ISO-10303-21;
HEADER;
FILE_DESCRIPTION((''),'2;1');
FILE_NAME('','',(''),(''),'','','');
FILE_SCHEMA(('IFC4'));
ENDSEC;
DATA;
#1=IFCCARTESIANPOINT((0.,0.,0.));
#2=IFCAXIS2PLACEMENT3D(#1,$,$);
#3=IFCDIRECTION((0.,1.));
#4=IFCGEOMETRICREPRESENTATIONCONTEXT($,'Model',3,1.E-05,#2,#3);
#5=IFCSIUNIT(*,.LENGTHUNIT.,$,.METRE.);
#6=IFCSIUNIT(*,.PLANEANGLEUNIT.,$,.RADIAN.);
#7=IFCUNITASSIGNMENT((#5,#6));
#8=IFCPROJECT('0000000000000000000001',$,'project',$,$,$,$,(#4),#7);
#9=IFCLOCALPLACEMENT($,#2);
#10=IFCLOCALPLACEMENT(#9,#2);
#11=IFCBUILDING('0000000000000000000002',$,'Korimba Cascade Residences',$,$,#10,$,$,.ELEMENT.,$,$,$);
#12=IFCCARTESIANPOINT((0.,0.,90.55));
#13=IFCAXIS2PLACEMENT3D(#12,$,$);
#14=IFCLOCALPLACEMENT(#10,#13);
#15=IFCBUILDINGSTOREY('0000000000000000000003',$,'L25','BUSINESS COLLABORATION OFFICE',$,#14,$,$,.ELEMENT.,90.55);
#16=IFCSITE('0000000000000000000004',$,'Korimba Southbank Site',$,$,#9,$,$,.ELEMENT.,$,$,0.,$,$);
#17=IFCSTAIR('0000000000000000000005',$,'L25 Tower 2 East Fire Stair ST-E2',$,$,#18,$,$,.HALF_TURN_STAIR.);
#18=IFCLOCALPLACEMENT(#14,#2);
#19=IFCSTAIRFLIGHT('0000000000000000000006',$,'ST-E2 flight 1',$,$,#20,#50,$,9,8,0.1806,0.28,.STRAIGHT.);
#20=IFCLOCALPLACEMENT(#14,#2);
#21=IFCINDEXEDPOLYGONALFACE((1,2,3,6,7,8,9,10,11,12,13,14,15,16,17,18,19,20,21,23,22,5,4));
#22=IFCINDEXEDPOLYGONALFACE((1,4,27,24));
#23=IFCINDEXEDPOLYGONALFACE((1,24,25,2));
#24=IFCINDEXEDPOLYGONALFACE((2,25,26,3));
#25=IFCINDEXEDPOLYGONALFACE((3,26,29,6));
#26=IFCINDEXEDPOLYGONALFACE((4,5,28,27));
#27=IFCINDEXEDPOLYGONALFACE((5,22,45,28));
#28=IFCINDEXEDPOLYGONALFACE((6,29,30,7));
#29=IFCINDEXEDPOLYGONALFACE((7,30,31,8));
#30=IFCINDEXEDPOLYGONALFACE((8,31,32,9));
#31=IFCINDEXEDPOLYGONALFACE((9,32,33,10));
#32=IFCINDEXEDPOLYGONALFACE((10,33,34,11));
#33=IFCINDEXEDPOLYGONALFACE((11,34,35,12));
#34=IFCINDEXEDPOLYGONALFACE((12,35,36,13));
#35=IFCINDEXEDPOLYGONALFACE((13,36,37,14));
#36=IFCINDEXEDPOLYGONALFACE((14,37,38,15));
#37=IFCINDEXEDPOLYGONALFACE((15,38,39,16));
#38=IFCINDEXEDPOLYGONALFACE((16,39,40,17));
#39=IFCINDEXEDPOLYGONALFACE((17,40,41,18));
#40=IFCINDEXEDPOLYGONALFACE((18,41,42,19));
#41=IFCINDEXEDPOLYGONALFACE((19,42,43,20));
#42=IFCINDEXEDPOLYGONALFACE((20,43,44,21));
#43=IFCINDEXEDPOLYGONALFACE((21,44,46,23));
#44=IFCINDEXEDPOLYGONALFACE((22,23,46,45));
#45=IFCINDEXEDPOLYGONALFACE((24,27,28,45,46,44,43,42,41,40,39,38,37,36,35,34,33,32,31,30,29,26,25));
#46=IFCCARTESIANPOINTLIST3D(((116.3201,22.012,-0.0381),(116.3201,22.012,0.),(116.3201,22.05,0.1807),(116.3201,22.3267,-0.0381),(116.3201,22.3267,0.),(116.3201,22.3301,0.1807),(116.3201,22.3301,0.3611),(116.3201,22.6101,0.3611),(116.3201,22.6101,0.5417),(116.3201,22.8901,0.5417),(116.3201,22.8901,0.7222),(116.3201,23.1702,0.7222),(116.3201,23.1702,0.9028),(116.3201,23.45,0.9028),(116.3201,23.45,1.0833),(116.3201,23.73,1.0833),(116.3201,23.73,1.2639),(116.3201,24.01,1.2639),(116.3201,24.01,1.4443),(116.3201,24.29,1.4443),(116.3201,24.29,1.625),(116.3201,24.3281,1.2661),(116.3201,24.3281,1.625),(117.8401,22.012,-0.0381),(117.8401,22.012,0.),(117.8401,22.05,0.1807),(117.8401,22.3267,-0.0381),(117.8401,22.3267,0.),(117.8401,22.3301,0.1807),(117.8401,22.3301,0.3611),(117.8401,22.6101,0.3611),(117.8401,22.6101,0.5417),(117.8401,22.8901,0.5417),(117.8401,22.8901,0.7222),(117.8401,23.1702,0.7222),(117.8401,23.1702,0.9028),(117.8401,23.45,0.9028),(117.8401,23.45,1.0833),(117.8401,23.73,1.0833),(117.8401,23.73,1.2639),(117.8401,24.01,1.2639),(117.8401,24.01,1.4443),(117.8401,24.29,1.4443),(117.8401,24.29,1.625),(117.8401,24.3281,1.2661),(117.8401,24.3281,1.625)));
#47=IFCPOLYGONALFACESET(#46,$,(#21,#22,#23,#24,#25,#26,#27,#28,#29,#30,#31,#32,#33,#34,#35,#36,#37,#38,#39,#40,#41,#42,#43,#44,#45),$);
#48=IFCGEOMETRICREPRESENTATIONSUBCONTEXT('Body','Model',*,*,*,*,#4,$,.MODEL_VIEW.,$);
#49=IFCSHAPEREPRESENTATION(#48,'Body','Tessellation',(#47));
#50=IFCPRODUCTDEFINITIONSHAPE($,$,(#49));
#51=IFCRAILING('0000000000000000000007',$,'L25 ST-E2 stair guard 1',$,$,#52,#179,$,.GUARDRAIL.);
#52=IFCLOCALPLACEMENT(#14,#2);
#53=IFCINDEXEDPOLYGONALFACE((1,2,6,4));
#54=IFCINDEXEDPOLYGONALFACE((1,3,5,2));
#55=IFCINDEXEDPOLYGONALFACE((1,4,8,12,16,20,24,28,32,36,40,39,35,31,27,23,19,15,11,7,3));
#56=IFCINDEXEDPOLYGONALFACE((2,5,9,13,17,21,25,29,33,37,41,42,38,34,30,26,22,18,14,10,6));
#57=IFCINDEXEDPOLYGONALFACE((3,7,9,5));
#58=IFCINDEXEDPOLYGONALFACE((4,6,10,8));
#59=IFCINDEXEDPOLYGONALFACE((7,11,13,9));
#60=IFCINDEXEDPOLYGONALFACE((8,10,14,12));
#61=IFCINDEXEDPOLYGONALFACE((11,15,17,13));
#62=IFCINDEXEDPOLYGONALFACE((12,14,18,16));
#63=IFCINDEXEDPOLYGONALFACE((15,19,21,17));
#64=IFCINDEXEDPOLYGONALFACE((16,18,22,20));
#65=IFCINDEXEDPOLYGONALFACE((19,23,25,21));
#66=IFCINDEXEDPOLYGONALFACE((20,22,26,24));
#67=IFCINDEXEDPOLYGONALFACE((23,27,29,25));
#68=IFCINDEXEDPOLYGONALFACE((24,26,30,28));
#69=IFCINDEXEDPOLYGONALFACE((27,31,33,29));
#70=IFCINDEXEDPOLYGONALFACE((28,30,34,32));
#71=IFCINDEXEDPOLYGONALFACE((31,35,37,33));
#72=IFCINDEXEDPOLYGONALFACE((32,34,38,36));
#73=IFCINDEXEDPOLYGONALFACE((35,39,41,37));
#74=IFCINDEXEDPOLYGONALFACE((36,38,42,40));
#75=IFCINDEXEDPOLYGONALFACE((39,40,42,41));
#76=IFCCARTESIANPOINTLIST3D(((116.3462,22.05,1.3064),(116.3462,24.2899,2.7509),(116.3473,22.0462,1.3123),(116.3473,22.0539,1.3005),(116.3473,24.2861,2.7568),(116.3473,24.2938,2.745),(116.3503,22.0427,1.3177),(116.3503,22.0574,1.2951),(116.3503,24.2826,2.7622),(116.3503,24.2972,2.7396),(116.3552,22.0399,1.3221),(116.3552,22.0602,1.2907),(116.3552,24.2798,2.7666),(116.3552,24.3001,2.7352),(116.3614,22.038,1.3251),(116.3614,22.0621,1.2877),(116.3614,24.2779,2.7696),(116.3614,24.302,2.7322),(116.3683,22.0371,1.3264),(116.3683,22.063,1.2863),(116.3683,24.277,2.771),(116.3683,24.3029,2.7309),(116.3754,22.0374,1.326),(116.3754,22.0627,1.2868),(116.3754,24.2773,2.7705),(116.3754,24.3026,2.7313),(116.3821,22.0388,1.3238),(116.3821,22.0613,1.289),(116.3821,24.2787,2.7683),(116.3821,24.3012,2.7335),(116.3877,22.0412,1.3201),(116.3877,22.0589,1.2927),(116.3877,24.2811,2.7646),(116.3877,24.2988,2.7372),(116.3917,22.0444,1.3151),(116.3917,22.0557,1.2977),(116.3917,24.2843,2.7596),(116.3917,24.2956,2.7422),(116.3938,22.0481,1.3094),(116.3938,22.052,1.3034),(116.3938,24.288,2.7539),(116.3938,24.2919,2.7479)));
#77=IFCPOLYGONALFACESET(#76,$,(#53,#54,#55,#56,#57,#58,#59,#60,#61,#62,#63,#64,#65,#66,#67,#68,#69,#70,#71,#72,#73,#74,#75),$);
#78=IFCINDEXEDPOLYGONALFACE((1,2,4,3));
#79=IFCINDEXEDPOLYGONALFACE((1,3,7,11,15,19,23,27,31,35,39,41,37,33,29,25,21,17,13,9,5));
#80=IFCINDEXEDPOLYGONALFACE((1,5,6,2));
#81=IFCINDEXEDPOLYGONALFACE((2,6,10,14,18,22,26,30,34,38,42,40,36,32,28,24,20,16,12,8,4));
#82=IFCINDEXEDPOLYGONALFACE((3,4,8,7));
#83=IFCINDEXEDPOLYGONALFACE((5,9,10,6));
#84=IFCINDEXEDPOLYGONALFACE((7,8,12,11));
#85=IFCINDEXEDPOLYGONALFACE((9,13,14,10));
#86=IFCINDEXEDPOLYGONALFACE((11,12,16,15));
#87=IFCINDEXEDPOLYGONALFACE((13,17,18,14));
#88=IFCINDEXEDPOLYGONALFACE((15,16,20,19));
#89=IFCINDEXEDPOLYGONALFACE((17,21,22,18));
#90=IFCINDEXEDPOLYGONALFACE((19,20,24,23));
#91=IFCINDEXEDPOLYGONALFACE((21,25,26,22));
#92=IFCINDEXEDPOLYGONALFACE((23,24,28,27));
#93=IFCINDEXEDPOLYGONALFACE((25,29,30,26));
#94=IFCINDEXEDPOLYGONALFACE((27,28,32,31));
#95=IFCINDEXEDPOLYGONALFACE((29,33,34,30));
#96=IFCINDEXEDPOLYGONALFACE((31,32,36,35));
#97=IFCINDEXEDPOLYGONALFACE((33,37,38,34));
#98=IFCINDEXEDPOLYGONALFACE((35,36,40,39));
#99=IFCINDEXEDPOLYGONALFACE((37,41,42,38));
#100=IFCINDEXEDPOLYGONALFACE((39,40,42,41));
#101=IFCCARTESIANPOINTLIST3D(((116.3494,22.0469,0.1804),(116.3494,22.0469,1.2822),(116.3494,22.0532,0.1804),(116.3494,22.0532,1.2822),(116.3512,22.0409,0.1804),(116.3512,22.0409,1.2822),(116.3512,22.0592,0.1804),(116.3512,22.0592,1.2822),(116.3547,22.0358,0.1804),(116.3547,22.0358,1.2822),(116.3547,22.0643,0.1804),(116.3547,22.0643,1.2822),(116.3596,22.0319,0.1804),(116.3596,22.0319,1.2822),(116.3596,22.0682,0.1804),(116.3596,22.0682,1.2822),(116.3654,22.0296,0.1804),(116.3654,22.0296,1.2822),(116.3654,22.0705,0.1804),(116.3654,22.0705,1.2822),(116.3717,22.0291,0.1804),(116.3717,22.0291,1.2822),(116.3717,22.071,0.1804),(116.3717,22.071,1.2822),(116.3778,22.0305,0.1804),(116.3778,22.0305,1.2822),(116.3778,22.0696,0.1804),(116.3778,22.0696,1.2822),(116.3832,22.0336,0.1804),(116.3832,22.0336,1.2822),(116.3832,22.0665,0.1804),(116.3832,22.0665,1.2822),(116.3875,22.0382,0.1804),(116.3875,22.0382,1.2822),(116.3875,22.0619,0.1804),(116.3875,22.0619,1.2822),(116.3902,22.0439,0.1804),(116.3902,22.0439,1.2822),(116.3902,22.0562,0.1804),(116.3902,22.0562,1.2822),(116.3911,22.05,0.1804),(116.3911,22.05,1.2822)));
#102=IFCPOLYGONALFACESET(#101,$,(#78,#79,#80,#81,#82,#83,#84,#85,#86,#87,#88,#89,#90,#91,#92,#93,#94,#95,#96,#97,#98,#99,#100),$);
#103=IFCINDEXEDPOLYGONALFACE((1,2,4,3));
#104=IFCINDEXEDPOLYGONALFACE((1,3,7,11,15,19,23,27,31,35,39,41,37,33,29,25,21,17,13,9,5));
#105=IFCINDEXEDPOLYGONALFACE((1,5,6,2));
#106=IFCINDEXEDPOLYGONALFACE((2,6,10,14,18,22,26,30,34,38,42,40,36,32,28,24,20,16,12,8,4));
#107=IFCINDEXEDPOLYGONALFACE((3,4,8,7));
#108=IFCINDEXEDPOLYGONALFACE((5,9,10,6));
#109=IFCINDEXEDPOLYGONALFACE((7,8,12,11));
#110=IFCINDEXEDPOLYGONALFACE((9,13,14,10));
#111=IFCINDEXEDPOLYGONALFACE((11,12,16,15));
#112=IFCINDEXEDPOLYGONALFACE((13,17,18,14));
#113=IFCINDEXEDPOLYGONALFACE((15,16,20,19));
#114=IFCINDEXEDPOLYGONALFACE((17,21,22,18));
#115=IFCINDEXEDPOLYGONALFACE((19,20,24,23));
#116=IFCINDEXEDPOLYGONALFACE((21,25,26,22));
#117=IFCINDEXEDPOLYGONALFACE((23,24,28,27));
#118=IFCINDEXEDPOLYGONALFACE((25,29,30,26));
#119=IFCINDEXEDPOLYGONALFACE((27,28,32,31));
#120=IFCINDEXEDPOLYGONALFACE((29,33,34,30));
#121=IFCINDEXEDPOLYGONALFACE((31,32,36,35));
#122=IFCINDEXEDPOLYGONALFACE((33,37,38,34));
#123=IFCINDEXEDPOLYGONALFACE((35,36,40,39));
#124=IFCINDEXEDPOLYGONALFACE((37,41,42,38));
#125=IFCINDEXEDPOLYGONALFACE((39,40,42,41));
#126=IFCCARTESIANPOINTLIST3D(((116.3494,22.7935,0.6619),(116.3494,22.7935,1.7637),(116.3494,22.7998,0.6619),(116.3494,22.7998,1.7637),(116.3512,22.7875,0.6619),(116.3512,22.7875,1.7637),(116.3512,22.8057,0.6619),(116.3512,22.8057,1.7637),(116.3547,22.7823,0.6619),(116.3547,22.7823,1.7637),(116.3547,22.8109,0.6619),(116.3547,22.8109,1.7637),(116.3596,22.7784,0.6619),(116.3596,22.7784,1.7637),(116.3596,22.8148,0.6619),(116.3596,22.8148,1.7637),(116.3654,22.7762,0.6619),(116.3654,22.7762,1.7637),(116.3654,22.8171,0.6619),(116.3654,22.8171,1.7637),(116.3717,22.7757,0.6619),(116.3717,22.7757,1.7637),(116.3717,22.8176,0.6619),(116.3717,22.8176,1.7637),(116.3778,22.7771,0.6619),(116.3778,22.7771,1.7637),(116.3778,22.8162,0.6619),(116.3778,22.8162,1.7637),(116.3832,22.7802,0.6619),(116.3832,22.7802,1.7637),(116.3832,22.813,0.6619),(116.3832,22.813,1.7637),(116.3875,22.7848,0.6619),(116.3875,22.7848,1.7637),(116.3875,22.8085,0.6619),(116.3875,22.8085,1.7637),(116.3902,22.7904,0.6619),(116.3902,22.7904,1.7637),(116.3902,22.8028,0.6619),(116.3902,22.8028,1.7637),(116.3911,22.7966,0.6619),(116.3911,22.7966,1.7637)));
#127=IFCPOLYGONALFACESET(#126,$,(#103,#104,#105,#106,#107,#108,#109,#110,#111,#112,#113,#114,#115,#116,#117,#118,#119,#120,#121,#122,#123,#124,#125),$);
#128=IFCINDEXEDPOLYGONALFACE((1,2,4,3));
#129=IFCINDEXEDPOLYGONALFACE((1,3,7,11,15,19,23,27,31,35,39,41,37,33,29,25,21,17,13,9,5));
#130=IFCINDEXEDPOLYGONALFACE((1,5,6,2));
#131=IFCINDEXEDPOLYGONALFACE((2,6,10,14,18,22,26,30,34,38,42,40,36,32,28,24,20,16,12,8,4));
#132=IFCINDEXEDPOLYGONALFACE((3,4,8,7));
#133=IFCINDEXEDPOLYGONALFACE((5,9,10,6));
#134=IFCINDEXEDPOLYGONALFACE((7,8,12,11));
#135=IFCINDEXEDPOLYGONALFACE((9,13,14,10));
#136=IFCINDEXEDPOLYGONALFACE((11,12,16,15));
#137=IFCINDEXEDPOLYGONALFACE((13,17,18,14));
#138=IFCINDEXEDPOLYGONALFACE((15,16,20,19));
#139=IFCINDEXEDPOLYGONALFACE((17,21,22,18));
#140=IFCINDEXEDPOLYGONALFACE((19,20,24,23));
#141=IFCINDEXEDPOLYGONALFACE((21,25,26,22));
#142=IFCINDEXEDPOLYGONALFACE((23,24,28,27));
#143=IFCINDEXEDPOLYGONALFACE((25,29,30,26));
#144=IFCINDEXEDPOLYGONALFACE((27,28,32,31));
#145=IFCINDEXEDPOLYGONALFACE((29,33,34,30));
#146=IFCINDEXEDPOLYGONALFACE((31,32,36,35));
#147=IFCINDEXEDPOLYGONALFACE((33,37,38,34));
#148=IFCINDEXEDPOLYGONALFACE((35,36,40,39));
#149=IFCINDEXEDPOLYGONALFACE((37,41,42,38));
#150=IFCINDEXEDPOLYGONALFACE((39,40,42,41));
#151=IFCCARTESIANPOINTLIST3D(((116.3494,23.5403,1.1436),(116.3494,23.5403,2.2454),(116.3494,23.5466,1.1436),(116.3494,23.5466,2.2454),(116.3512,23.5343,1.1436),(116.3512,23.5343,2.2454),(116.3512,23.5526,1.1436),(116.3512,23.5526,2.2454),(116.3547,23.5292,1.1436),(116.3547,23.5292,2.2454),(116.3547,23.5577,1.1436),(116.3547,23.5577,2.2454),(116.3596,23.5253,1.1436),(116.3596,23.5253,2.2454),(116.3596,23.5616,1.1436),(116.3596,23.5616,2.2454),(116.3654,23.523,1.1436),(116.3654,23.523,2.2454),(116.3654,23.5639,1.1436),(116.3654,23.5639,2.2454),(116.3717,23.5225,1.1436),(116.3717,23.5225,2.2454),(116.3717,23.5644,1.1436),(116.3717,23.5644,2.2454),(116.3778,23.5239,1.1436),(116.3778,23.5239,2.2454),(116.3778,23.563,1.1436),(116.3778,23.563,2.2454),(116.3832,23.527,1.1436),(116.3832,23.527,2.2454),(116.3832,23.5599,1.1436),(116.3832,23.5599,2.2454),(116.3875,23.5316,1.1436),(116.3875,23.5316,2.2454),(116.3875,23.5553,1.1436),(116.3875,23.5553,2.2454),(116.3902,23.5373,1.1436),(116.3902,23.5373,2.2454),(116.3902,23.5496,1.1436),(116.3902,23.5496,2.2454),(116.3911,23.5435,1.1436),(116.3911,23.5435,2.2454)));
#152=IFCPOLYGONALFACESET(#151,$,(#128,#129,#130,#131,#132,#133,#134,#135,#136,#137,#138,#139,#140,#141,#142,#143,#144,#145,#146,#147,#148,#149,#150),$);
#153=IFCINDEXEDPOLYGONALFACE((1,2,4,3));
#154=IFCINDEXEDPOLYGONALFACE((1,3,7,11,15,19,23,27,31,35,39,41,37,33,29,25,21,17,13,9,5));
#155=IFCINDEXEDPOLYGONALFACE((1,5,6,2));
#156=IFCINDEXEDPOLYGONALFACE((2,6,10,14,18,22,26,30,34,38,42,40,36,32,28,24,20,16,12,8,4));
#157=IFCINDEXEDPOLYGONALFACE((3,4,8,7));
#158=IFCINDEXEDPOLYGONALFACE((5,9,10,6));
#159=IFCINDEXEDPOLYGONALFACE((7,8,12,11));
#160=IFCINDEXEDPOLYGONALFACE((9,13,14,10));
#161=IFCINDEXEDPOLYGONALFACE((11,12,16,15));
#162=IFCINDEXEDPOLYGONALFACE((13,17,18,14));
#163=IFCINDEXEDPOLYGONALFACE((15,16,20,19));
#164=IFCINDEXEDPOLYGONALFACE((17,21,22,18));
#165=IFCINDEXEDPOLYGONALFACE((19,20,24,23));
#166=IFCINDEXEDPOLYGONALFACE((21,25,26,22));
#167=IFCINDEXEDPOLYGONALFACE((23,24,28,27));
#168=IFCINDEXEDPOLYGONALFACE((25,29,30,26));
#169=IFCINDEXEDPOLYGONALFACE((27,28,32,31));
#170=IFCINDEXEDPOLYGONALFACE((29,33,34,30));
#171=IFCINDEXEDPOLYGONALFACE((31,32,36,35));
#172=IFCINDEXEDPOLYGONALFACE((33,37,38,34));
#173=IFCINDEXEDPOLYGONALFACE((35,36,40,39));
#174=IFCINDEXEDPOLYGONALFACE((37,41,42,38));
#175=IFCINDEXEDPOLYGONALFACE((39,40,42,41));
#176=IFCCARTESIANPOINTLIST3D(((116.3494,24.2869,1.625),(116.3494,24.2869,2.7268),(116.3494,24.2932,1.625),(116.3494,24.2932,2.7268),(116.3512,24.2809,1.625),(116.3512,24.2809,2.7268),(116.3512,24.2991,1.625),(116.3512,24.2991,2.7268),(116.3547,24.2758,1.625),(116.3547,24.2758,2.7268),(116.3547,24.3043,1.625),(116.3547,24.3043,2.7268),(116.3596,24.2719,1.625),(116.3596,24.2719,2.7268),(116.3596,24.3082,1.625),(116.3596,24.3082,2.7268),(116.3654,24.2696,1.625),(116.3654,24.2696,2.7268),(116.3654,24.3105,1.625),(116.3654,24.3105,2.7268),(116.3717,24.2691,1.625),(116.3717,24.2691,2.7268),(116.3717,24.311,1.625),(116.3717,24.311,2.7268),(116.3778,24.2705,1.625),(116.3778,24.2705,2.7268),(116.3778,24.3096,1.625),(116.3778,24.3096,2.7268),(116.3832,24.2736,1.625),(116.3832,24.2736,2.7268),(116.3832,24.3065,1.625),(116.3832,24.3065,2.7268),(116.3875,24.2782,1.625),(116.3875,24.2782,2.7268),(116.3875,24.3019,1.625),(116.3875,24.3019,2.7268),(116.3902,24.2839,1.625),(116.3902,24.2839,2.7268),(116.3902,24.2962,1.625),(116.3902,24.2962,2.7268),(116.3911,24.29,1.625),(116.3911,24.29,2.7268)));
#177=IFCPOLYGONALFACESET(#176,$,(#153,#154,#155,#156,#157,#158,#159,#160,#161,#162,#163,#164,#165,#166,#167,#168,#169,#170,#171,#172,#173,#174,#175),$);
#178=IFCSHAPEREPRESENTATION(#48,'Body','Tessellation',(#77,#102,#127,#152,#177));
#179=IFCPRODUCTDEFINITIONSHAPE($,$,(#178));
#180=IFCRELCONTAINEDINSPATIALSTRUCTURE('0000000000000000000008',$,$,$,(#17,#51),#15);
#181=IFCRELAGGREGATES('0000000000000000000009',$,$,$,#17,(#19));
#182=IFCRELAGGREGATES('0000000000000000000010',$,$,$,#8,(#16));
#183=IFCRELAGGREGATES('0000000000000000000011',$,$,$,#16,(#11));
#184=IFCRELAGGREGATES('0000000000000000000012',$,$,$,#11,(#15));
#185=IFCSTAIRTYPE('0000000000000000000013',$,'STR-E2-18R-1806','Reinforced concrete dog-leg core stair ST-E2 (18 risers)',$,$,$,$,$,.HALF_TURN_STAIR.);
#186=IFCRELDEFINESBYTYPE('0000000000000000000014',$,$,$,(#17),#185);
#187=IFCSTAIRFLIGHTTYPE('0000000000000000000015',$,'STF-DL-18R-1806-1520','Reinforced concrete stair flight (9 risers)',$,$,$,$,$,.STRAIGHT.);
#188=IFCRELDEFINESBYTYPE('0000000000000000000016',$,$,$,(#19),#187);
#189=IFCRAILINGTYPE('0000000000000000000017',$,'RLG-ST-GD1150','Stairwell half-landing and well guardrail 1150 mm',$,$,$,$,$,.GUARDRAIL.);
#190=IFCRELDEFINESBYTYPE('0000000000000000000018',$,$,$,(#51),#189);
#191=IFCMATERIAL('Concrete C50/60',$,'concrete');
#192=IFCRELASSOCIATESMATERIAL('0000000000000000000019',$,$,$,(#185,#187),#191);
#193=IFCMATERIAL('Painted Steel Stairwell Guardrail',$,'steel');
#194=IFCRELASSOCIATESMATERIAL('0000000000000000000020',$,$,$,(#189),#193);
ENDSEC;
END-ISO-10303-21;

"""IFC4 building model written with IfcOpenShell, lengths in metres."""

from ifc_helpers import new_model, si_unit, direction, frame, origin, origin_2d, place, context, subcontext, project, spatial, polyline, circle, outline, extrude, material, type_object, element, aggregate, save


model = new_model("IFC4")

# Units and contexts
model_context = context("Model", 3, precision=1e-05, world=origin(), true_north=direction((0.0, 1.0)))
body_context = subcontext(model_context, "Body", "Model", "MODEL_VIEW")
ifc_project = project(units=[si_unit("LENGTHUNIT", "METRE"), si_unit("PLANEANGLEUNIT", "RADIAN")], contexts=[model_context])

# Site, building, storey
site_placement = place(None, origin())
site = spatial("IfcSite", under=ifc_project, at=site_placement, Name="Korimba Southbank Site", CompositionType="ELEMENT", RefElevation=0.0)
building_placement = place(site_placement, origin())
building = spatial("IfcBuilding", under=site, at=building_placement, Name="Korimba Cascade Residences", CompositionType="ELEMENT")
storey_placement = place(building_placement, frame((0.0, 0.0, 90.55)))
storey = spatial("IfcBuildingStorey", under=building, at=storey_placement, Name="L25", Description="BUSINESS COLLABORATION OFFICE", CompositionType="ELEMENT", Elevation=90.55)

# Stair, stair flight
ifc_material_1 = material(Name="Concrete C50/60", Category="concrete")
stair_type = type_object("IfcStairType", Name="STR-E2-18R-1806", Description="Reinforced concrete dog-leg core stair ST-E2 (18 risers)", PredefinedType="HALF_TURN_STAIR", material=ifc_material_1)
stair_placement = place(storey_placement, origin())
stair = element("IfcStair", 1, at=stair_placement, inside=storey, type_object=stair_type, Name="L25 Tower 2 East Fire Stair ST-E2", PredefinedType="HALF_TURN_STAIR")
stair_flight_type = type_object("IfcStairFlightType", Name="STF-DL-18R-1806-1520", Description="Reinforced concrete stair flight (9 risers)", PredefinedType="STRAIGHT", material=ifc_material_1)
stair_flight_placement = place(storey_placement, frame((117.0801, 22.05, 0.0), z_axis=(0.0, 0.0, 1.0), x_axis=(0.0, 1.0, 0.0)))
stair_flight = element("IfcStairFlight", 2, at=stair_flight_placement, type_object=stair_flight_type, Name="ST-E2 flight 1", NumberOfRisers=9, NumberOfTreads=8, PredefinedType="STRAIGHT", RiserHeight=0.1806, TreadLength=0.28, context=body_context, shape_type="SweptSolid", body=[
    extrude(outline(polyline([(-0.0381, 0.0), (0.0, 0.1807), (0.28, 0.1807), (0.28, 0.3611), (0.5601, 0.3611), (0.5601, 0.5417), (0.8401, 0.5417), (0.8401, 0.7222), (1.1201, 0.7222), (1.1201, 0.9028), (1.3999, 0.9028), (1.3999, 1.0833), (1.6799, 1.0833), (1.6799, 1.2639), (1.96, 1.2639), (1.96, 1.4443), (2.24, 1.4443), (2.24, 1.625), (2.2781, 1.625), (2.2781, 1.2661), (0.2766, 0.0), (0.2766, -0.0381), (-0.0381, -0.0381), (-0.0381, 0.0)])), frame((0.0, 0.76, 0.0), z_axis=(0.0, -1.0, 0.0), x_axis=(1.0, 0.0, 0.0)), (0.0, 0.0, 1.0), 1.52),
])
aggregate(stair, [stair_flight])

# Railing
ifc_material_2 = material(Name="Painted Steel Stairwell Guardrail", Category="steel")
railing_type_1 = type_object("IfcRailingType", Name="RLG-ST-GD1150", Description="Stairwell half-landing and well guardrail 1150 mm", PredefinedType="GUARDRAIL", material=ifc_material_2)
railing_1_placement = place(storey_placement, frame((116.3701, 22.05, 0.1804)))
element("IfcRailing", 3, at=railing_1_placement, inside=storey, type_object=railing_type_1, Name="L25 ST-E2 stair guard 1", PredefinedType="GUARDRAIL", context=body_context, shape_type="SweptSolid", body=[
    extrude(circle(Radius=0.0239, at=origin_2d()), frame((0.0, 0.0, 1.126), z_axis=(0.0, 0.840395, 0.541975), x_axis=(-1.0, 0.0, 0.0)), (0.0, 0.0, 1.0), 2.6653),
    extrude(circle(Radius=0.021, at=origin_2d()), origin(), (0.0, 0.0, 1.0), 1.1018),
    extrude(circle(Radius=0.021, at=origin_2d()), frame((0.0, 0.7466, 0.4814)), (0.0, 0.0, 1.0), 1.1018),
    extrude(circle(Radius=0.021, at=origin_2d()), frame((0.0, 1.4934, 0.9631)), (0.0, 0.0, 1.0), 1.1018),
    extrude(circle(Radius=0.021, at=origin_2d()), frame((0.0, 2.24, 1.4446)), (0.0, 0.0, 1.0), 1.1018),
])

save(model, "model.ifc")
